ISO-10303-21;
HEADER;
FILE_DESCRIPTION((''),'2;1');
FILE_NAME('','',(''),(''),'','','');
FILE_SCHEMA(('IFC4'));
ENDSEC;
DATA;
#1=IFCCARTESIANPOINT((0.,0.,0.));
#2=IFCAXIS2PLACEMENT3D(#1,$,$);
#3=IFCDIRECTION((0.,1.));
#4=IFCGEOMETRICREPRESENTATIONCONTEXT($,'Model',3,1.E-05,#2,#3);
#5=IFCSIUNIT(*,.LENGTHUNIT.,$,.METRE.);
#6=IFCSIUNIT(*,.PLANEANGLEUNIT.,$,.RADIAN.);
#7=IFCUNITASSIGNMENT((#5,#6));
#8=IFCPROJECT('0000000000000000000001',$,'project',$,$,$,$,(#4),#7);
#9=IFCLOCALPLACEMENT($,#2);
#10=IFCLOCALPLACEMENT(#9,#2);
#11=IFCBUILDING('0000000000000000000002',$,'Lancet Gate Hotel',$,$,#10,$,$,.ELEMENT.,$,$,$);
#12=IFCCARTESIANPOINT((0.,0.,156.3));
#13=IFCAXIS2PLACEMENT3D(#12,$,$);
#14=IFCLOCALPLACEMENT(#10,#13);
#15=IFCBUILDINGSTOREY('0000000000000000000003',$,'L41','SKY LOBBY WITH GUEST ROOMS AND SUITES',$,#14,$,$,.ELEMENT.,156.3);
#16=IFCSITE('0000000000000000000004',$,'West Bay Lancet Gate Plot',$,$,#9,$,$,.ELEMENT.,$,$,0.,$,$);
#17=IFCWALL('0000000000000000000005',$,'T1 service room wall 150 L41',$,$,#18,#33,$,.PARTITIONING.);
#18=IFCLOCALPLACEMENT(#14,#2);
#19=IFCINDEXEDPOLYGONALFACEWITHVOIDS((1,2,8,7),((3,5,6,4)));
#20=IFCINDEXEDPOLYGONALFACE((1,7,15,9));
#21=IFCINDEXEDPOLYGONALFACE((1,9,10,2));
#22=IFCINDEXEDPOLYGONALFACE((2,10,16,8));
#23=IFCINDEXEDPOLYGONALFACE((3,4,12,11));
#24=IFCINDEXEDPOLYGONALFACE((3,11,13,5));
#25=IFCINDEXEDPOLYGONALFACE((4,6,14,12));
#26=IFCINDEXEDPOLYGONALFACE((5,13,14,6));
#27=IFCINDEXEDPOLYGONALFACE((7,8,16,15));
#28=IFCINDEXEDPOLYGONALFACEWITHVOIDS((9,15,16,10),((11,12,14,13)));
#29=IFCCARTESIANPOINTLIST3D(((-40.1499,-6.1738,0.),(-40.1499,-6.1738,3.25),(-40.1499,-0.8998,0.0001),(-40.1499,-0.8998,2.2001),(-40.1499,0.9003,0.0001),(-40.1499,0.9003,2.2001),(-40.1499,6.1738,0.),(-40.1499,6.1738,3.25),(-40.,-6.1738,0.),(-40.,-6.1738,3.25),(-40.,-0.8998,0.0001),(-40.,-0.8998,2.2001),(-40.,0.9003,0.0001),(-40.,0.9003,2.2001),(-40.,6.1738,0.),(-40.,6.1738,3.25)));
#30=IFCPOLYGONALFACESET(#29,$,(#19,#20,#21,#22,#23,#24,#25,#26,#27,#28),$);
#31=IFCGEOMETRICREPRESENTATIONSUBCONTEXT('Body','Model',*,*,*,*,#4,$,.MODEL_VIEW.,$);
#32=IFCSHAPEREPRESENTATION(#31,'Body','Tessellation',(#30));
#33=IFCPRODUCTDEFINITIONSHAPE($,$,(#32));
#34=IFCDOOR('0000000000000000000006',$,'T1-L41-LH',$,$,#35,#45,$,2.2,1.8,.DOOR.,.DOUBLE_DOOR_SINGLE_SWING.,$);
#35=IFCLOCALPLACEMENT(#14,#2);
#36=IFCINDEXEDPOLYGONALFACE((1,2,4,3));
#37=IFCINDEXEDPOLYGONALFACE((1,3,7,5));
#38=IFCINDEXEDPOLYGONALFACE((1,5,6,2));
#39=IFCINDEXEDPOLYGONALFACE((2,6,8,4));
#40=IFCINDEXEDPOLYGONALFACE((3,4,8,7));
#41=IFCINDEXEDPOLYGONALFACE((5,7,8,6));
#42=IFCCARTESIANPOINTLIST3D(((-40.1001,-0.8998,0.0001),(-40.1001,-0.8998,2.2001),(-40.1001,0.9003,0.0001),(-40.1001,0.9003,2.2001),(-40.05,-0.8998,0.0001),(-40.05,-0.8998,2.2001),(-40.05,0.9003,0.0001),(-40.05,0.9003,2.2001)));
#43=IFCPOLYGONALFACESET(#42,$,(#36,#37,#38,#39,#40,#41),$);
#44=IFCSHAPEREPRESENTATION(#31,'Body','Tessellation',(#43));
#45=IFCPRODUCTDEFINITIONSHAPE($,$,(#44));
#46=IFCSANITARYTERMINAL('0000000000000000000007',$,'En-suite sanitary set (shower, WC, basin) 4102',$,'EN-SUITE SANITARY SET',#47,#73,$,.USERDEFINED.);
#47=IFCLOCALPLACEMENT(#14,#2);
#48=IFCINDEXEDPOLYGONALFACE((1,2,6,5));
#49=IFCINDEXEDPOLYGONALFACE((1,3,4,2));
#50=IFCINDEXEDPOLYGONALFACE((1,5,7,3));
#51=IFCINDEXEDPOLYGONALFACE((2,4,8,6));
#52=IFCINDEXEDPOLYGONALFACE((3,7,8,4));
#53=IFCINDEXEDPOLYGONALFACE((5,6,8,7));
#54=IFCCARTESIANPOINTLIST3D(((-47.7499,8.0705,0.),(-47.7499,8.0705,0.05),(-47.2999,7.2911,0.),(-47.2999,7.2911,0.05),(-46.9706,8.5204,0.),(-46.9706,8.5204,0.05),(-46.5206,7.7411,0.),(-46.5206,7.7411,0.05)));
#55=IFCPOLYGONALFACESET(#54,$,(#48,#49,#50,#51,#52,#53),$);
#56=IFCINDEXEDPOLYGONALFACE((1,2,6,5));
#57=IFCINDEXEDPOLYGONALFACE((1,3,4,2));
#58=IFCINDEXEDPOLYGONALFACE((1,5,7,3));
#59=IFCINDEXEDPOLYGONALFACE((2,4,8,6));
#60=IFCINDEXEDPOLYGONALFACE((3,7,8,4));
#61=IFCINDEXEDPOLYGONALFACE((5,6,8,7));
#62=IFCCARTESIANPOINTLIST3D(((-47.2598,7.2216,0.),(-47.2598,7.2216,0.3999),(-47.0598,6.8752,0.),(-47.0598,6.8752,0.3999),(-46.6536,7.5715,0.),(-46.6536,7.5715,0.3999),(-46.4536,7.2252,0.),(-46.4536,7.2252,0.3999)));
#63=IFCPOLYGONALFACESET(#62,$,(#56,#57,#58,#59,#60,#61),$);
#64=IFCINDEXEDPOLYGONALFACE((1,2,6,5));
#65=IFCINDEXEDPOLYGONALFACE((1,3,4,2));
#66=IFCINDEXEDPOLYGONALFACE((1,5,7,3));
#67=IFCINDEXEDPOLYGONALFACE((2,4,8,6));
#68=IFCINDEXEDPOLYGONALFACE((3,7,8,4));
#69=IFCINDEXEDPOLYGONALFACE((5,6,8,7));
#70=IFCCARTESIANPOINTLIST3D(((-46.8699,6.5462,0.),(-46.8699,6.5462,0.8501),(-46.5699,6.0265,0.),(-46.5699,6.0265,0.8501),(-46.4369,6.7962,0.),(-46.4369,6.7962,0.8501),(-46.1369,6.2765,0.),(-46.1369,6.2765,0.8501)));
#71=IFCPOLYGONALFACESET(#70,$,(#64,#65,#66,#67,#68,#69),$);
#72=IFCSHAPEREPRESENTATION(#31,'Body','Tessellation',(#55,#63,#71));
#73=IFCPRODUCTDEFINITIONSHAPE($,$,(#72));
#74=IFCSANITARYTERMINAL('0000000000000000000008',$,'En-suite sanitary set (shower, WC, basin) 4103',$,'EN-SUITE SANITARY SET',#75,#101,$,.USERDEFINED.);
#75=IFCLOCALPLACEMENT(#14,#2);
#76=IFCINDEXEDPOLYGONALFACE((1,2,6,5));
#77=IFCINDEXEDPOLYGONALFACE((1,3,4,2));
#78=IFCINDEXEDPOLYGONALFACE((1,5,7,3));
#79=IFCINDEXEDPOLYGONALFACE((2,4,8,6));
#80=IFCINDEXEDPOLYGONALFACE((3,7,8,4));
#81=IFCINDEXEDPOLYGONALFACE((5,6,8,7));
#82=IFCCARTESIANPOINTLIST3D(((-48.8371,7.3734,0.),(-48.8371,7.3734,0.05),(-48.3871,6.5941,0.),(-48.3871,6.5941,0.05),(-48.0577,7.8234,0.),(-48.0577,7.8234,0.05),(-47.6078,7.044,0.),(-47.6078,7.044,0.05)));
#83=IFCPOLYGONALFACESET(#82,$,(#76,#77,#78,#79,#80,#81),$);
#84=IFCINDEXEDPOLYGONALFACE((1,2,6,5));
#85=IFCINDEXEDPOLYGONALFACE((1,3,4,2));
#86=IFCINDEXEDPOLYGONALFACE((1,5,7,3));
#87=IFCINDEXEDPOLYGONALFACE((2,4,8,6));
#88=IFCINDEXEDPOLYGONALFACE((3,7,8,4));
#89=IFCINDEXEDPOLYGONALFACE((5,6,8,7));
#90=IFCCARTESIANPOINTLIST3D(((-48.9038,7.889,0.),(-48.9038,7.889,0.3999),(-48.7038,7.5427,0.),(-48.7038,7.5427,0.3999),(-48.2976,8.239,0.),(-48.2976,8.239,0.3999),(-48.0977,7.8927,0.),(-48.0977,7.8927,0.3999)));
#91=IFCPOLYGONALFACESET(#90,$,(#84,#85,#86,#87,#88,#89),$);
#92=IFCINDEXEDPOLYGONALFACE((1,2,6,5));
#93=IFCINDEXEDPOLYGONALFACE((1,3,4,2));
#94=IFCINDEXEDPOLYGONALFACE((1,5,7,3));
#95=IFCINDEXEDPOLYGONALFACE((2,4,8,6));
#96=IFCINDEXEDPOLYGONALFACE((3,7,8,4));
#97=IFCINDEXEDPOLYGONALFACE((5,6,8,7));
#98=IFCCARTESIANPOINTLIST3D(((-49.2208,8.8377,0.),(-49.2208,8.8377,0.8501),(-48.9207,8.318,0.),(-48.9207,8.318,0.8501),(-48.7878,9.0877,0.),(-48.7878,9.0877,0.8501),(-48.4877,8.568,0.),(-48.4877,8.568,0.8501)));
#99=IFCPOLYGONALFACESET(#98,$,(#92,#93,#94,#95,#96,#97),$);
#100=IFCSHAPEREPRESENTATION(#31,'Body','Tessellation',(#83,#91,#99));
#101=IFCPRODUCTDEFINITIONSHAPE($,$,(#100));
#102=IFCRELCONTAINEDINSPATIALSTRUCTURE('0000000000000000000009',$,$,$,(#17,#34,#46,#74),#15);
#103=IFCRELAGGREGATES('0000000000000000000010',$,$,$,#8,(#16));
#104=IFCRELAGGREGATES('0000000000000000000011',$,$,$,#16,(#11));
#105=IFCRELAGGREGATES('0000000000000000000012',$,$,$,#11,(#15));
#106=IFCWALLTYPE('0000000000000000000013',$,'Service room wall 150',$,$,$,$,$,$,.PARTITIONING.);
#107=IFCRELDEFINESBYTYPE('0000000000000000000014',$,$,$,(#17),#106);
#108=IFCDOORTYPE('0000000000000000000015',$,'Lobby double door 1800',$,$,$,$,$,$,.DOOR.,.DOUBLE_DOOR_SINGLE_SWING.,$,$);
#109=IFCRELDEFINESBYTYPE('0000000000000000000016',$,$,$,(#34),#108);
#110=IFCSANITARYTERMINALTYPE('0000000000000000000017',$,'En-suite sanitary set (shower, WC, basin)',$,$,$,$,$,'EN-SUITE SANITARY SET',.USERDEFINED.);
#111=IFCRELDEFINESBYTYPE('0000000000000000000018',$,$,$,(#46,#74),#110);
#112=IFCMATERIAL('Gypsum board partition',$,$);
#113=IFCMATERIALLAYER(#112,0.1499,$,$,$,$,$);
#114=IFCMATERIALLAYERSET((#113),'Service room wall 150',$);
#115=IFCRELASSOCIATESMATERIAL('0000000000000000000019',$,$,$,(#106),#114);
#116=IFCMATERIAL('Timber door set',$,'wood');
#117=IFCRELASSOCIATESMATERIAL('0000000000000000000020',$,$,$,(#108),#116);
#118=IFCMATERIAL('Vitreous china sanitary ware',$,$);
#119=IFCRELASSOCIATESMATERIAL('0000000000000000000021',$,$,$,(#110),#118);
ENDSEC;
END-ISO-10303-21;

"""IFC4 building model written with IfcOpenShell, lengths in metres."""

from ifc_helpers import new_model, si_unit, direction, frame, frame_2d, origin, origin_2d, place, context, subcontext, project, spatial, rectangle, extrude, material, layer, layer_set, type_object, element, fill, save


model = new_model("IFC4")

# Units and contexts
model_context = context("Model", 3, precision=1e-05, world=origin(), true_north=direction((0.0, 1.0)))
body_context = subcontext(model_context, "Body", "Model", "MODEL_VIEW")
ifc_project = project(units=[si_unit("LENGTHUNIT", "METRE"), si_unit("PLANEANGLEUNIT", "RADIAN")], contexts=[model_context])

# Site, building, storey
site_placement = place(None, origin())
site = spatial("IfcSite", under=ifc_project, at=site_placement, Name="West Bay Lancet Gate Plot", CompositionType="ELEMENT", RefElevation=0.0)
building_placement = place(site_placement, origin())
building = spatial("IfcBuilding", under=site, at=building_placement, Name="Lancet Gate Hotel", CompositionType="ELEMENT")
storey_placement = place(building_placement, frame((0.0, 0.0, 156.3)))
storey = spatial("IfcBuildingStorey", under=building, at=storey_placement, Name="L41", Description="SKY LOBBY WITH GUEST ROOMS AND SUITES", CompositionType="ELEMENT", Elevation=156.3)

# Wall, opening, door
ifc_material_1 = material(Name="Gypsum board partition")
ifc_layer_1 = layer(ifc_material_1, 0.1499)
ifc_layer_set_1 = layer_set([ifc_layer_1], Name="Service room wall 150")
wall_type_1 = type_object("IfcWallType", Name="Service room wall 150", PredefinedType="PARTITIONING", material=ifc_layer_set_1)
wall_1_placement = place(storey_placement, frame((-40.075, 6.1738, 0.0), z_axis=(0.0, 0.0, 1.0), x_axis=(0.0, -1.0, 0.0)))
wall_1 = element("IfcWall", 1, at=wall_1_placement, inside=storey, type_object=wall_type_1, Name="T1 service room wall 150 L41", PredefinedType="PARTITIONING", context=body_context, shape_type="SweptSolid", body=[
    extrude(rectangle(XDim=12.3477, YDim=0.1499, at=frame_2d((6.1738, 0.0))), origin(), (0.0, 0.0, 1.0), 3.25),
])
opening_1_placement = place(wall_1_placement, frame((5.2737, 0.0, 0.0)))
opening_1 = element("IfcOpeningElement", 2, at=opening_1_placement, cuts=wall_1, PredefinedType="OPENING", context=body_context, shape_type="SweptSolid", body=[
    extrude(rectangle(XDim=1.8, YDim=2.2, at=frame_2d((0.8999, 1.1001))), frame((0.0, 0.085, 0.0), z_axis=(0.0, -1.0, 0.0), x_axis=(1.0, 0.0, 0.0)), (0.0, 0.0, 1.0), 0.1699),
])
ifc_material_2 = material(Name="Timber door set", Category="wood")
door_type_1 = type_object("IfcDoorType", Name="Lobby double door 1800", OperationType="DOUBLE_DOOR_SINGLE_SWING", PredefinedType="DOOR", material=ifc_material_2)
door_1_placement = place(opening_1_placement, origin())
door_1 = element("IfcDoor", 3, at=door_1_placement, inside=storey, type_object=door_type_1, Name="T1-L41-LH", OperationType="DOUBLE_DOOR_SINGLE_SWING", OverallHeight=2.2, OverallWidth=1.8, PredefinedType="DOOR", context=body_context, shape_type="SweptSolid", body=[
    extrude(rectangle(XDim=1.8, YDim=2.2, at=frame_2d((0.8999, 1.1001))), frame((0.0, 0.0249, 0.0), z_axis=(0.0, -1.0, 0.0), x_axis=(1.0, 0.0, 0.0)), (0.0, 0.0, 1.0), 0.05),
])
fill(opening_1, door_1)

# Sanitary terminals
ifc_material_3 = material(Name="Vitreous china sanitary ware")
sanitary_terminal_type = type_object("IfcSanitaryTerminalType", Name="En-suite sanitary set (shower, WC, basin)", ElementType="EN-SUITE SANITARY SET", PredefinedType="USERDEFINED", material=ifc_material_3)
sanitary_terminal_1_placement = place(storey_placement, frame((-47.1353, 7.9058, 0.0), z_axis=(0.0, 0.0, 1.0), x_axis=(1.0, 0.0, 0.0)))
element("IfcSanitaryTerminal", 4, at=sanitary_terminal_1_placement, inside=storey, type_object=sanitary_terminal_type, Name="En-suite sanitary set (shower, WC, basin) 4102", ObjectType="EN-SUITE SANITARY SET", PredefinedType="USERDEFINED", context=body_context, shape_type="SweptSolid", body=[
    extrude(rectangle(XDim=0.8999, YDim=0.8999, at=origin_2d()), frame((0.0, 0.0, 0.0), z_axis=(0.0, 0.0, 1.0), x_axis=(-0.5, 0.866025, 0.0)), (0.0, 0.0, 1.0), 0.05),
    extrude(rectangle(XDim=0.3999, YDim=0.7, at=origin_2d()), frame((0.2786, -0.6824, 0.0), z_axis=(0.0, 0.0, 1.0), x_axis=(-0.5, 0.866025, 0.0)), (0.0, 0.0, 1.0), 0.3999),
    extrude(rectangle(XDim=0.6001, YDim=0.5, at=origin_2d()), frame((0.6318, -1.4944, 0.0), z_axis=(0.0, 0.0, 1.0), x_axis=(-0.5, 0.866025, 0.0)), (0.0, 0.0, 1.0), 0.8501),
])
sanitary_terminal_2_placement = place(storey_placement, frame((-48.2224, 7.2087, 0.0), z_axis=(0.0, 0.0, 1.0), x_axis=(1.0, 0.0, 0.0)))
element("IfcSanitaryTerminal", 5, at=sanitary_terminal_2_placement, inside=storey, type_object=sanitary_terminal_type, Name="En-suite sanitary set (shower, WC, basin) 4103", ObjectType="EN-SUITE SANITARY SET", PredefinedType="USERDEFINED", context=body_context, shape_type="SweptSolid", body=[
    extrude(rectangle(XDim=0.8999, YDim=0.8999, at=origin_2d()), frame((0.0, 0.0, 0.0), z_axis=(0.0, 0.0, 1.0), x_axis=(0.5, -0.866025, 0.0)), (0.0, 0.0, 1.0), 0.05),
    extrude(rectangle(XDim=0.3999, YDim=0.7, at=origin_2d()), frame((-0.2783, 0.6821, 0.0), z_axis=(0.0, 0.0, 1.0), x_axis=(0.5, -0.866025, 0.0)), (0.0, 0.0, 1.0), 0.3999),
    extrude(rectangle(XDim=0.6001, YDim=0.5, at=origin_2d()), frame((-0.6318, 1.4941, 0.0), z_axis=(0.0, 0.0, 1.0), x_axis=(0.5, -0.866025, 0.0)), (0.0, 0.0, 1.0), 0.8501),
])

save(model, "model.ifc")
